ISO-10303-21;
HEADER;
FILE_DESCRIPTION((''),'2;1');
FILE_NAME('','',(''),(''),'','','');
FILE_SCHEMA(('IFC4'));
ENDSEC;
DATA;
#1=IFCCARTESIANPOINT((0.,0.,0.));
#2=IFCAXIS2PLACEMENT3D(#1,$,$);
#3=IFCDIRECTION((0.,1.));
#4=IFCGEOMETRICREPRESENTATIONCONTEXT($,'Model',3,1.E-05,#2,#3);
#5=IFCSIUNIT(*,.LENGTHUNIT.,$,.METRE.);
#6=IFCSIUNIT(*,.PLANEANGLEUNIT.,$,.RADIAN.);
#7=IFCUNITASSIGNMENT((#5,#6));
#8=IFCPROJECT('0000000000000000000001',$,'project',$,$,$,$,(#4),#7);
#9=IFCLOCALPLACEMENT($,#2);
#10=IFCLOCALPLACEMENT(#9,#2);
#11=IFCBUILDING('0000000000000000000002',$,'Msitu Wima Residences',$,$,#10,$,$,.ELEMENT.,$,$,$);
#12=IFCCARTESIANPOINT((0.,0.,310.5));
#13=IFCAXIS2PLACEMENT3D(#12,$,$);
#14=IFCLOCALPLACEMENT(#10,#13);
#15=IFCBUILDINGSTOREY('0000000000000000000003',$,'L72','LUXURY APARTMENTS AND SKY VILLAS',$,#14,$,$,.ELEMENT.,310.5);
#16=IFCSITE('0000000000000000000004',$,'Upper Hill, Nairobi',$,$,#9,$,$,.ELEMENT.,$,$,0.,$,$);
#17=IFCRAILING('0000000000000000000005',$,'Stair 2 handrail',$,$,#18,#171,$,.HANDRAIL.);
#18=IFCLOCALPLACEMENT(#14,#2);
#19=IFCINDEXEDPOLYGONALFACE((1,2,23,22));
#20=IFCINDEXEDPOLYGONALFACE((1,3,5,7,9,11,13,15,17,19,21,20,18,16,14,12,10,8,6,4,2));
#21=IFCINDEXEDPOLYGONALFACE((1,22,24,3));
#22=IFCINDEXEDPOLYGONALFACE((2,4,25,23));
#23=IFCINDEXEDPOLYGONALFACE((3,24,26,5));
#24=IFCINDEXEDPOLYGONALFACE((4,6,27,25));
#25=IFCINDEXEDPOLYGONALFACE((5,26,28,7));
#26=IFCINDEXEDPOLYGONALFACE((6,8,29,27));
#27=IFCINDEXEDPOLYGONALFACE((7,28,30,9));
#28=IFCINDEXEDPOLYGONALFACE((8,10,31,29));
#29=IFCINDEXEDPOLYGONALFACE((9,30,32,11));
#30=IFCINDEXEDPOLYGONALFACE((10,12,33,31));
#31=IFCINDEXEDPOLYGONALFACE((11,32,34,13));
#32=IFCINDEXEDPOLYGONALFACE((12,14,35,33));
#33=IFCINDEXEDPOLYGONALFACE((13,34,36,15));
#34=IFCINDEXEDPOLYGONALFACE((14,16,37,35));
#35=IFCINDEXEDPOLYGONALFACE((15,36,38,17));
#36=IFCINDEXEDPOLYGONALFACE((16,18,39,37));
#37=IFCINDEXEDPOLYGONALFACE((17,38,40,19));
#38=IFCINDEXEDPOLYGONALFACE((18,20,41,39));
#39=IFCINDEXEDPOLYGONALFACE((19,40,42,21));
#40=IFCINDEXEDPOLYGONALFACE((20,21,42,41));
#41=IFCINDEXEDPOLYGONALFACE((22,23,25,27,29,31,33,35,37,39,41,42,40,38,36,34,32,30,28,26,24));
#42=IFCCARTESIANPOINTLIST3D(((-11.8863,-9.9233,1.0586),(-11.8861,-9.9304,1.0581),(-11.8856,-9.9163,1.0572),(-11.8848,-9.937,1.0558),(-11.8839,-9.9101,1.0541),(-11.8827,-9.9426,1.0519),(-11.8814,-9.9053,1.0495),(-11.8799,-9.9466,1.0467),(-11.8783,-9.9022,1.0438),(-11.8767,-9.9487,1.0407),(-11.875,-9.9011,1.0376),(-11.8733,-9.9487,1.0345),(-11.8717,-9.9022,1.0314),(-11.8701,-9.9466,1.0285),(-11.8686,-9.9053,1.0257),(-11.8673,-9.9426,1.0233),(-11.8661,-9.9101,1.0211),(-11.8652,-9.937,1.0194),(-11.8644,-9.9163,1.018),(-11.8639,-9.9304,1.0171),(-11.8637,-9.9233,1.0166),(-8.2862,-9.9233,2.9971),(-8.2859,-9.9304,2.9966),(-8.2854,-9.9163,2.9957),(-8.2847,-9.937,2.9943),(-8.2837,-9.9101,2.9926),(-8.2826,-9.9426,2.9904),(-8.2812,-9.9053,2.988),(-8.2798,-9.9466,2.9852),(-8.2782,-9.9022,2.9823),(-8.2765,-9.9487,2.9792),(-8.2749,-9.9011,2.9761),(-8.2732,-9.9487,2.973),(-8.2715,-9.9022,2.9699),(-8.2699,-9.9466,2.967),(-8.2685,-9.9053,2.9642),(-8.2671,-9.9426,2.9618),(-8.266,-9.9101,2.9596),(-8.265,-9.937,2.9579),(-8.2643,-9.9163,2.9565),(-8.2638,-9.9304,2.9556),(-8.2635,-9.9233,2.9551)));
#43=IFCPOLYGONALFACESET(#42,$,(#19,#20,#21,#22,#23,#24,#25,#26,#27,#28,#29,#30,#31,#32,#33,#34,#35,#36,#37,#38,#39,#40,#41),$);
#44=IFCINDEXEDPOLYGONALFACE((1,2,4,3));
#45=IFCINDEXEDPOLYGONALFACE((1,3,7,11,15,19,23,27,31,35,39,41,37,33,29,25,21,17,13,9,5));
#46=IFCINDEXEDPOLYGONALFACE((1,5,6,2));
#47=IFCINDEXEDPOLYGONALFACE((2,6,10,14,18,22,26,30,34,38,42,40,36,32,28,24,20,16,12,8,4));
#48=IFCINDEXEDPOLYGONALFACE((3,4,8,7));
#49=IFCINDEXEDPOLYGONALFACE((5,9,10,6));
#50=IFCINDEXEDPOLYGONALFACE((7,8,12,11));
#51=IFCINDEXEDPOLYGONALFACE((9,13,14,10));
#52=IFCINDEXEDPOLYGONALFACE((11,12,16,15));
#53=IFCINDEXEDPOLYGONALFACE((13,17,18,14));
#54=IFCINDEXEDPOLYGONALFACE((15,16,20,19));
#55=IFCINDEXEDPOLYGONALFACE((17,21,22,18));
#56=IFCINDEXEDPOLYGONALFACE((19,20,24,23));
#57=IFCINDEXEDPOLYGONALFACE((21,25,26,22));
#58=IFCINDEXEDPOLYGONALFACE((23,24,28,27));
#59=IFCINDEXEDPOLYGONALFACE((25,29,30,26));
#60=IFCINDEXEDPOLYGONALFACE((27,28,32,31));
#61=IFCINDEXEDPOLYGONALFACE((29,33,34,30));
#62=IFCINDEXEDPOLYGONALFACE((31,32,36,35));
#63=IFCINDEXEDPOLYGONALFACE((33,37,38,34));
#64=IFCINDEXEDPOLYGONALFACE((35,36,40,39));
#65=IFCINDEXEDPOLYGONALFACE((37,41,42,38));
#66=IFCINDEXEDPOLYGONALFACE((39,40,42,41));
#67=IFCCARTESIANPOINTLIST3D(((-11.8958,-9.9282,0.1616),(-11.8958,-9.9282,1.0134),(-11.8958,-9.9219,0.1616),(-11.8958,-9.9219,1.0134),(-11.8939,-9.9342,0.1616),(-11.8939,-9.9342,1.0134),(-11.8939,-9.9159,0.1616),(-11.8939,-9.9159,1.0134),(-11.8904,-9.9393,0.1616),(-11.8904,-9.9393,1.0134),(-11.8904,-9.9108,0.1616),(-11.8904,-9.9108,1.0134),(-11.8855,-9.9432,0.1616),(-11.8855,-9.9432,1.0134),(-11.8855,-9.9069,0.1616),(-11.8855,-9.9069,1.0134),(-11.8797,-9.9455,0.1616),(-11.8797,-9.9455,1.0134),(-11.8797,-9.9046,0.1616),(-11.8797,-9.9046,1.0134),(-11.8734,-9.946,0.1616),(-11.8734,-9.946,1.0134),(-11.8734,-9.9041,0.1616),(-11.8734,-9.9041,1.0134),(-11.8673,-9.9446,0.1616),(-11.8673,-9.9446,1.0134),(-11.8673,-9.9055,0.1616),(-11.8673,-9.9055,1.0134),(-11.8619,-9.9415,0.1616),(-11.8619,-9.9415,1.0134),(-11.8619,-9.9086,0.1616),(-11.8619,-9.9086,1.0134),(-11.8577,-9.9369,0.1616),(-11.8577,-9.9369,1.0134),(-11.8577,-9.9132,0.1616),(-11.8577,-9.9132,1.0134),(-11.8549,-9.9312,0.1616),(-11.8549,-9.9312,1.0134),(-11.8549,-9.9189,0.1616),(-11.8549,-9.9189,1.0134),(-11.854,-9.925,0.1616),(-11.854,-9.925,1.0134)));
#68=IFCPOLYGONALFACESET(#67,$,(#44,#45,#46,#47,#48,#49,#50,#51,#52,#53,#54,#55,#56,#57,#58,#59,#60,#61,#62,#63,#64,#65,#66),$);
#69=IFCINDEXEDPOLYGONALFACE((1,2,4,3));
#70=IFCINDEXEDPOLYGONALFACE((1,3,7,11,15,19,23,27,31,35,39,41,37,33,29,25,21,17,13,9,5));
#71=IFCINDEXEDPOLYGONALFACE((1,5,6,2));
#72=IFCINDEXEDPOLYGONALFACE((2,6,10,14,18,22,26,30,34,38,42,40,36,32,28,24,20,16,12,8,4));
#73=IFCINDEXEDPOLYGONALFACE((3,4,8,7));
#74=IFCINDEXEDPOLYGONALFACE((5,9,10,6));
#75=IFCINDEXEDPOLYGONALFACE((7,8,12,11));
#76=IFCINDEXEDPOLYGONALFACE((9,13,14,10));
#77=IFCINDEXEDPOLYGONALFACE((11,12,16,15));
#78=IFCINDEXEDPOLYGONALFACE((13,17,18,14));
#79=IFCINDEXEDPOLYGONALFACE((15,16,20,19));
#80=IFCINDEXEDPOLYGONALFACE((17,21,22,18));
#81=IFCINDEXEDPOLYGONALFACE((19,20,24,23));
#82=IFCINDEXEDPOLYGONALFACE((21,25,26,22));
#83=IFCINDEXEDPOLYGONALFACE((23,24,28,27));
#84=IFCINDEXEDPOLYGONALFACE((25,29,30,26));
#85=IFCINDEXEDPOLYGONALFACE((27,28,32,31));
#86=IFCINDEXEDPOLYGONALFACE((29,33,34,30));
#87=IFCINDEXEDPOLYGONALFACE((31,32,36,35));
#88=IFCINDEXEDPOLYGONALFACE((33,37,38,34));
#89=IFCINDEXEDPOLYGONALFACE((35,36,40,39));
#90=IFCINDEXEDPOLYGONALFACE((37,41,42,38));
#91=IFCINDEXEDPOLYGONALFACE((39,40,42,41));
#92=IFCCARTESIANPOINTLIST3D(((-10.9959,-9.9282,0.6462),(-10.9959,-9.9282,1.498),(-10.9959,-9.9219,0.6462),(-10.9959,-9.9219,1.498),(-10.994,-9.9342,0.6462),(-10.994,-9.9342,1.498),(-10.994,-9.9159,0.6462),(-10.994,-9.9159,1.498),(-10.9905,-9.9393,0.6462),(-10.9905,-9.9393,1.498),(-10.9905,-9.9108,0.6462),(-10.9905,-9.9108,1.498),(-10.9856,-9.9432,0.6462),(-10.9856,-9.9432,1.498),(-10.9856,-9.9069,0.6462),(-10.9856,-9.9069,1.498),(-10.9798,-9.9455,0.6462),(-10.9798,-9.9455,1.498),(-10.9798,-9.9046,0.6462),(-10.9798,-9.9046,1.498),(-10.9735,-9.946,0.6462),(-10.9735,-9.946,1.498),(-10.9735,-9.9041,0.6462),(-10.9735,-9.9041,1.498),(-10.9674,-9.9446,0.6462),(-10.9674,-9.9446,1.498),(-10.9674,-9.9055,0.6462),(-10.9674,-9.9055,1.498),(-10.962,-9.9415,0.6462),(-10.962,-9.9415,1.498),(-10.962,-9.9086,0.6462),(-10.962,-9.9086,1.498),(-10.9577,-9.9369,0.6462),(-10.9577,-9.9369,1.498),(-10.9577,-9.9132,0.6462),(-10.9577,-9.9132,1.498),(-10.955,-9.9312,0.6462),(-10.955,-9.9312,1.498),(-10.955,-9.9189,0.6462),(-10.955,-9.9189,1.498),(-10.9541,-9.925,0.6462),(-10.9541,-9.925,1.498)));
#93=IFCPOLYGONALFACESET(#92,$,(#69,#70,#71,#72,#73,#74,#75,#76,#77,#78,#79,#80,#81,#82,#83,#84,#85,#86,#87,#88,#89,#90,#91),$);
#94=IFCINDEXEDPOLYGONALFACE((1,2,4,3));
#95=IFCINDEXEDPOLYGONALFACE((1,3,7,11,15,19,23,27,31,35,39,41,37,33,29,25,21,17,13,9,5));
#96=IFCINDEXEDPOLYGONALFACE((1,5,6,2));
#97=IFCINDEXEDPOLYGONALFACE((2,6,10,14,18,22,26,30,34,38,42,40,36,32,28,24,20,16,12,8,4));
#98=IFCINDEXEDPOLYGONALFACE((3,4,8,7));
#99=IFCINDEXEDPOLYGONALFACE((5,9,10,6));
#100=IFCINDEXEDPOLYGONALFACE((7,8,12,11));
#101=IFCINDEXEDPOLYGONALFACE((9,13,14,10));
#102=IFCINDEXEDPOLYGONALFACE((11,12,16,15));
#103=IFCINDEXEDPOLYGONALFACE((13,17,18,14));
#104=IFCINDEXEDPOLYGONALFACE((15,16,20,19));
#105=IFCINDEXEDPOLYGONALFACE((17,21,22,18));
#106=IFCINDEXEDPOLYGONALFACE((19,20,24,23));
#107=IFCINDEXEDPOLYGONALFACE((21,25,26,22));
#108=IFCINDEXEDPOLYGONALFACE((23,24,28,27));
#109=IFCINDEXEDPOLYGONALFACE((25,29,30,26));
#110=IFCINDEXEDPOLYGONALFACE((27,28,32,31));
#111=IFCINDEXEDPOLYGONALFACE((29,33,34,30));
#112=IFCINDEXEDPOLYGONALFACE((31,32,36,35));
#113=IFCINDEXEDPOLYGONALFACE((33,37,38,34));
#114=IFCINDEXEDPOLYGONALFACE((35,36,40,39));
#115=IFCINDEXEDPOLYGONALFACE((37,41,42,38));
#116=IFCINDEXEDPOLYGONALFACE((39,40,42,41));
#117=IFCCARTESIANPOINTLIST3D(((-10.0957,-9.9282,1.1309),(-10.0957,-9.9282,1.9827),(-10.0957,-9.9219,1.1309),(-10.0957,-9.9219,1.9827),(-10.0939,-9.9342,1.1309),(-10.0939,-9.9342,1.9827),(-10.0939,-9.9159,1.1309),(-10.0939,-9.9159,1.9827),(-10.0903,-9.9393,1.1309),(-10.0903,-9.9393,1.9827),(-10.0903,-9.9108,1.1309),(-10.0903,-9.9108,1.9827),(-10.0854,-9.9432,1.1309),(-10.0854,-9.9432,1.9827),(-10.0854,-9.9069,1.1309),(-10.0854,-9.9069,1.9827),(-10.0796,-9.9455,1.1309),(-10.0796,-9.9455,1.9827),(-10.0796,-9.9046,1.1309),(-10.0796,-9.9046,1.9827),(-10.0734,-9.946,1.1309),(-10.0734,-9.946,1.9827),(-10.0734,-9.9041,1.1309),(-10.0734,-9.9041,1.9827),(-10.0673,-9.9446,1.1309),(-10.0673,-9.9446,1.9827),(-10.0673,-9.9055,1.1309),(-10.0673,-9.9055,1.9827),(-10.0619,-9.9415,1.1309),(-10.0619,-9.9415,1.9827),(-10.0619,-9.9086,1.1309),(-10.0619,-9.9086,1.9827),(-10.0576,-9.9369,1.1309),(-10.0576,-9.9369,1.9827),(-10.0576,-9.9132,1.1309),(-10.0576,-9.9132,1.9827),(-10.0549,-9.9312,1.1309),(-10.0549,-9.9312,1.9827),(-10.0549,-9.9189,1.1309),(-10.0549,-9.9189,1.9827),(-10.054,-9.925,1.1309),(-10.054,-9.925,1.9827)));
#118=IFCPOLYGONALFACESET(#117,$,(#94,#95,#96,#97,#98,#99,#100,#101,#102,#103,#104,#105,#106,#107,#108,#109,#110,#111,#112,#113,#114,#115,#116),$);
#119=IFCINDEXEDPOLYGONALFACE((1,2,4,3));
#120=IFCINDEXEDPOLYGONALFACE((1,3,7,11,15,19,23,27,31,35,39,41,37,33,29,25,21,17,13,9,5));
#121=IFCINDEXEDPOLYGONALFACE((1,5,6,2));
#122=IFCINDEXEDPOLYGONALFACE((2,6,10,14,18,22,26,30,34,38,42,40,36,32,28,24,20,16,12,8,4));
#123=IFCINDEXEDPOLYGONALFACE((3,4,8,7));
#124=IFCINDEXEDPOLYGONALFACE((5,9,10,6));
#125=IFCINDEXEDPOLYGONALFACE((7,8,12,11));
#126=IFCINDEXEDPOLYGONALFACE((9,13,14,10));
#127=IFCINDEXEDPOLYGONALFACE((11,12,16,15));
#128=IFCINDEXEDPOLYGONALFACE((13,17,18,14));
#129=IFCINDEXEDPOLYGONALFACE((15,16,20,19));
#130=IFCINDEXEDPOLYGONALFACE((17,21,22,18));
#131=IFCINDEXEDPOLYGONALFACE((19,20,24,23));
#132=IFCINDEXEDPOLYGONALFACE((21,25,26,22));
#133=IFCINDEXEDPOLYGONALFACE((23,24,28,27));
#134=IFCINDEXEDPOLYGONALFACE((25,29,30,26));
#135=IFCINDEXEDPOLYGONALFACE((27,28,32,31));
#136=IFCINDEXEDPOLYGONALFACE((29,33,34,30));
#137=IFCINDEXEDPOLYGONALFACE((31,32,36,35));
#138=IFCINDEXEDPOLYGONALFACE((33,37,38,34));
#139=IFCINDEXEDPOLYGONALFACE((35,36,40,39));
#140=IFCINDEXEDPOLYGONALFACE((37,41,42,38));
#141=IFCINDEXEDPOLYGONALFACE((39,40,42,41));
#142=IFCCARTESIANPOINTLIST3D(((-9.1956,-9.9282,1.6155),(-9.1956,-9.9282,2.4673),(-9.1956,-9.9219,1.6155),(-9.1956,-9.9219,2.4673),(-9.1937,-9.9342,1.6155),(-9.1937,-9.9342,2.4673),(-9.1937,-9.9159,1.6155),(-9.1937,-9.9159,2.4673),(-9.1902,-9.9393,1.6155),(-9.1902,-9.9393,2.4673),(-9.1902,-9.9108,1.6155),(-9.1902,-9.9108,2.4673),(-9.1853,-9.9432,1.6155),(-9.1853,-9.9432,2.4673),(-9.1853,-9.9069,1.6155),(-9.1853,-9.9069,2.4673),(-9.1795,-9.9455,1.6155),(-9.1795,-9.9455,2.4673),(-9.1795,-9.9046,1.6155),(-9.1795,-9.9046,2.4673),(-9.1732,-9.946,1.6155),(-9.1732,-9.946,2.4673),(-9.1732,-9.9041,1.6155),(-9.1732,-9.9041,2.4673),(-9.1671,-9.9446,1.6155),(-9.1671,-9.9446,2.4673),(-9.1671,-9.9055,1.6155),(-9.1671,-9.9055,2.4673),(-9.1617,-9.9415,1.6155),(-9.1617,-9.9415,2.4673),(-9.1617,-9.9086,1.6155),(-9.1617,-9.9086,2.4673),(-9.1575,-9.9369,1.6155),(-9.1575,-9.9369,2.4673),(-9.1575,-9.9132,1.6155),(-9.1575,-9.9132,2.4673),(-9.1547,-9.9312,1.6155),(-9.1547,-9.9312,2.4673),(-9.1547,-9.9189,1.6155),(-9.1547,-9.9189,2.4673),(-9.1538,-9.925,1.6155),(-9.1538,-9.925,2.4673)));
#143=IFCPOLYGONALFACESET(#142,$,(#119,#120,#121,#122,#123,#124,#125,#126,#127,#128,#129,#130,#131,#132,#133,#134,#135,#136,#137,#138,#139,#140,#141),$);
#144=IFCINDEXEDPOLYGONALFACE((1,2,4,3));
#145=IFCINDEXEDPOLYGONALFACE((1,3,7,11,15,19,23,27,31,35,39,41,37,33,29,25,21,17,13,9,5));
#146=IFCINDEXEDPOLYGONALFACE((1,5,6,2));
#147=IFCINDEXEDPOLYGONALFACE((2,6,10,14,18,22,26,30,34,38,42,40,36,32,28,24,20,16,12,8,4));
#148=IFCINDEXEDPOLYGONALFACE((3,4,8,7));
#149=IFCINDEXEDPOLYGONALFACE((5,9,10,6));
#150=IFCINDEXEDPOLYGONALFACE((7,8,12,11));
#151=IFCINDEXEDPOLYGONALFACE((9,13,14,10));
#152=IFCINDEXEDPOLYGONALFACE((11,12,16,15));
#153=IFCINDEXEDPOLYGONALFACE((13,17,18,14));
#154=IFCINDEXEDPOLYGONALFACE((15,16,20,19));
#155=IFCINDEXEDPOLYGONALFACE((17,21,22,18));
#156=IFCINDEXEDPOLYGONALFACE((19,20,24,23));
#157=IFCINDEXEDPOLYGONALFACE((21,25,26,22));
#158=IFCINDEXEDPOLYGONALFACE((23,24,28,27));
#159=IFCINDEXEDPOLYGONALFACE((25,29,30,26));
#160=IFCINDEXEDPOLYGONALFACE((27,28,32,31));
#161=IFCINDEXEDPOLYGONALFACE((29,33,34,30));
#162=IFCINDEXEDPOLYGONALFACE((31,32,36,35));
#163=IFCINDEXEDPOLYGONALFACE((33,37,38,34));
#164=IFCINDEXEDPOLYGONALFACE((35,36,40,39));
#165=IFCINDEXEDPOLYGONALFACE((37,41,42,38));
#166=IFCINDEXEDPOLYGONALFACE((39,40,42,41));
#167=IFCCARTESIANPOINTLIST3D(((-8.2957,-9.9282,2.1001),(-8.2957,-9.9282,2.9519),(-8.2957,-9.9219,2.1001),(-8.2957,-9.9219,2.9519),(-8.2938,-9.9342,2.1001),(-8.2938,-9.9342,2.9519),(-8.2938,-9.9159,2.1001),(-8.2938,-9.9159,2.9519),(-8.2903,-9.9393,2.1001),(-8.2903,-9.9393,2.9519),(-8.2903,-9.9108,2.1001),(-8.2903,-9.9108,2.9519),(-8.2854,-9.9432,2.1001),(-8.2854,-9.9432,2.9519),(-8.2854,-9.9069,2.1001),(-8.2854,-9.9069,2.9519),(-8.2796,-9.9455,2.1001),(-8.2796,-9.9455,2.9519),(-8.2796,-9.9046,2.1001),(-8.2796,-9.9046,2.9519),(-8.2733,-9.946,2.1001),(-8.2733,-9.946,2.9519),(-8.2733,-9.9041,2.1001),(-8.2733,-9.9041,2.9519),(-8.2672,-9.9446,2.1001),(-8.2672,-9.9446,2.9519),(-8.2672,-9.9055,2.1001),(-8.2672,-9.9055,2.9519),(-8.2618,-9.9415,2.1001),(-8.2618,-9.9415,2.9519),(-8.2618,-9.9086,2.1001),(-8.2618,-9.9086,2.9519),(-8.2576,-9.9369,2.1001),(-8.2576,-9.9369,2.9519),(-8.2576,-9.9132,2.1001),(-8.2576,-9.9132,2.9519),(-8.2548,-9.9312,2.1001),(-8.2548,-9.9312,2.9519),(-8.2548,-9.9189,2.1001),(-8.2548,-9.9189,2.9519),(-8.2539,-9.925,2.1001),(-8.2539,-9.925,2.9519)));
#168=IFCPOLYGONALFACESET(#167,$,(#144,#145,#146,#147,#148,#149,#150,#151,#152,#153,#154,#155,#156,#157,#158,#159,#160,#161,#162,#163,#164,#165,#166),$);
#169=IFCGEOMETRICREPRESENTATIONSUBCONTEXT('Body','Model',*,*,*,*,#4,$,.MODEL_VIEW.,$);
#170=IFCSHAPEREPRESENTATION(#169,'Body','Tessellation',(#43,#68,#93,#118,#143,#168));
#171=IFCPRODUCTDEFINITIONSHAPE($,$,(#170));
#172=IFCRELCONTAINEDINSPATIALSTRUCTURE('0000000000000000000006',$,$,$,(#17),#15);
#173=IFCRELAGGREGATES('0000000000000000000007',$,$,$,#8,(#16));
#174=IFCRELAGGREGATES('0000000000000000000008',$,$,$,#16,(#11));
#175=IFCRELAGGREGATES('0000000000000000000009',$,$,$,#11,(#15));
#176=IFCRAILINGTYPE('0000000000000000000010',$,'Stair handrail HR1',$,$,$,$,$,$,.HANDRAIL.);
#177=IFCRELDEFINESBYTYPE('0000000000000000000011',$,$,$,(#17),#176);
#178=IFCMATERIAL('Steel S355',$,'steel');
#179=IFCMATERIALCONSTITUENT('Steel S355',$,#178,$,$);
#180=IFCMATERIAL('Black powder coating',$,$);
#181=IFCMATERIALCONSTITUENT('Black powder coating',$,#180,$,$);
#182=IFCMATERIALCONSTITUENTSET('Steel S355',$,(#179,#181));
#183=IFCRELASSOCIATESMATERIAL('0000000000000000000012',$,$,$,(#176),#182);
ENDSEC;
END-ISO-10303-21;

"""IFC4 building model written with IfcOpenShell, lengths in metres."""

from ifc_helpers import new_model, si_unit, direction, frame, origin, origin_2d, place, context, subcontext, project, spatial, circle, extrude, material, constituent, constituent_set, type_object, element, save


model = new_model("IFC4")

# Units and contexts
model_context = context("Model", 3, precision=1e-05, world=origin(), true_north=direction((0.0, 1.0)))
body_context = subcontext(model_context, "Body", "Model", "MODEL_VIEW")
ifc_project = project(units=[si_unit("LENGTHUNIT", "METRE"), si_unit("PLANEANGLEUNIT", "RADIAN")], contexts=[model_context])

# Site, building, storey
site_placement = place(None, origin())
site = spatial("IfcSite", under=ifc_project, at=site_placement, Name="Upper Hill, Nairobi", CompositionType="ELEMENT", RefElevation=0.0)
building_placement = place(site_placement, origin())
building = spatial("IfcBuilding", under=site, at=building_placement, Name="Msitu Wima Residences", CompositionType="ELEMENT")
storey_placement = place(building_placement, frame((0.0, 0.0, 310.5)))
storey = spatial("IfcBuildingStorey", under=building, at=storey_placement, Name="L72", Description="LUXURY APARTMENTS AND SKY VILLAS", CompositionType="ELEMENT", Elevation=310.5)

# Railing
ifc_material_1 = material(Name="Steel S355", Category="steel")
ifc_constituent_1 = constituent(ifc_material_1, Name="Steel S355")
ifc_material_2 = material(Name="Black powder coating")
ifc_constituent_2 = constituent(ifc_material_2, Name="Black powder coating")
ifc_constituent_set = constituent_set(constituents=[ifc_constituent_1, ifc_constituent_2], Name="Steel S355")
railing_type = type_object("IfcRailingType", Name="Stair handrail HR1", PredefinedType="HANDRAIL", material=ifc_constituent_set)
for number, where, name in (
    (1, (-11.875, -9.925, 0.1616), "Stair 2 handrail"),
):
    element("IfcRailing", number, at=place(storey_placement, frame(where)), inside=storey, type_object=railing_type, Name=name, PredefinedType="HANDRAIL", context=body_context, shape_type="SweptSolid", body=[
        extrude(circle(Radius=0.0239, at=origin_2d()), frame((0.0, 0.0, 0.876), z_axis=(0.880475, 0.0, 0.474093), x_axis=(0.0, 1.0, 0.0)), (0.0, 0.0, 1.0), 4.0889),
        extrude(circle(Radius=0.021, at=origin_2d()), origin(), (0.0, 0.0, 1.0), 0.8518),
        extrude(circle(Radius=0.021, at=origin_2d()), frame((0.8999, 0.0, 0.4846)), (0.0, 0.0, 1.0), 0.8518),
        extrude(circle(Radius=0.021, at=origin_2d()), frame((1.8, 0.0, 0.9692)), (0.0, 0.0, 1.0), 0.8518),
        extrude(circle(Radius=0.021, at=origin_2d()), frame((2.7002, 0.0, 1.4539)), (0.0, 0.0, 1.0), 0.8518),
        extrude(circle(Radius=0.021, at=origin_2d()), frame((3.6001, 0.0, 1.9385)), (0.0, 0.0, 1.0), 0.8518),
    ])

save(model, "model.ifc")
